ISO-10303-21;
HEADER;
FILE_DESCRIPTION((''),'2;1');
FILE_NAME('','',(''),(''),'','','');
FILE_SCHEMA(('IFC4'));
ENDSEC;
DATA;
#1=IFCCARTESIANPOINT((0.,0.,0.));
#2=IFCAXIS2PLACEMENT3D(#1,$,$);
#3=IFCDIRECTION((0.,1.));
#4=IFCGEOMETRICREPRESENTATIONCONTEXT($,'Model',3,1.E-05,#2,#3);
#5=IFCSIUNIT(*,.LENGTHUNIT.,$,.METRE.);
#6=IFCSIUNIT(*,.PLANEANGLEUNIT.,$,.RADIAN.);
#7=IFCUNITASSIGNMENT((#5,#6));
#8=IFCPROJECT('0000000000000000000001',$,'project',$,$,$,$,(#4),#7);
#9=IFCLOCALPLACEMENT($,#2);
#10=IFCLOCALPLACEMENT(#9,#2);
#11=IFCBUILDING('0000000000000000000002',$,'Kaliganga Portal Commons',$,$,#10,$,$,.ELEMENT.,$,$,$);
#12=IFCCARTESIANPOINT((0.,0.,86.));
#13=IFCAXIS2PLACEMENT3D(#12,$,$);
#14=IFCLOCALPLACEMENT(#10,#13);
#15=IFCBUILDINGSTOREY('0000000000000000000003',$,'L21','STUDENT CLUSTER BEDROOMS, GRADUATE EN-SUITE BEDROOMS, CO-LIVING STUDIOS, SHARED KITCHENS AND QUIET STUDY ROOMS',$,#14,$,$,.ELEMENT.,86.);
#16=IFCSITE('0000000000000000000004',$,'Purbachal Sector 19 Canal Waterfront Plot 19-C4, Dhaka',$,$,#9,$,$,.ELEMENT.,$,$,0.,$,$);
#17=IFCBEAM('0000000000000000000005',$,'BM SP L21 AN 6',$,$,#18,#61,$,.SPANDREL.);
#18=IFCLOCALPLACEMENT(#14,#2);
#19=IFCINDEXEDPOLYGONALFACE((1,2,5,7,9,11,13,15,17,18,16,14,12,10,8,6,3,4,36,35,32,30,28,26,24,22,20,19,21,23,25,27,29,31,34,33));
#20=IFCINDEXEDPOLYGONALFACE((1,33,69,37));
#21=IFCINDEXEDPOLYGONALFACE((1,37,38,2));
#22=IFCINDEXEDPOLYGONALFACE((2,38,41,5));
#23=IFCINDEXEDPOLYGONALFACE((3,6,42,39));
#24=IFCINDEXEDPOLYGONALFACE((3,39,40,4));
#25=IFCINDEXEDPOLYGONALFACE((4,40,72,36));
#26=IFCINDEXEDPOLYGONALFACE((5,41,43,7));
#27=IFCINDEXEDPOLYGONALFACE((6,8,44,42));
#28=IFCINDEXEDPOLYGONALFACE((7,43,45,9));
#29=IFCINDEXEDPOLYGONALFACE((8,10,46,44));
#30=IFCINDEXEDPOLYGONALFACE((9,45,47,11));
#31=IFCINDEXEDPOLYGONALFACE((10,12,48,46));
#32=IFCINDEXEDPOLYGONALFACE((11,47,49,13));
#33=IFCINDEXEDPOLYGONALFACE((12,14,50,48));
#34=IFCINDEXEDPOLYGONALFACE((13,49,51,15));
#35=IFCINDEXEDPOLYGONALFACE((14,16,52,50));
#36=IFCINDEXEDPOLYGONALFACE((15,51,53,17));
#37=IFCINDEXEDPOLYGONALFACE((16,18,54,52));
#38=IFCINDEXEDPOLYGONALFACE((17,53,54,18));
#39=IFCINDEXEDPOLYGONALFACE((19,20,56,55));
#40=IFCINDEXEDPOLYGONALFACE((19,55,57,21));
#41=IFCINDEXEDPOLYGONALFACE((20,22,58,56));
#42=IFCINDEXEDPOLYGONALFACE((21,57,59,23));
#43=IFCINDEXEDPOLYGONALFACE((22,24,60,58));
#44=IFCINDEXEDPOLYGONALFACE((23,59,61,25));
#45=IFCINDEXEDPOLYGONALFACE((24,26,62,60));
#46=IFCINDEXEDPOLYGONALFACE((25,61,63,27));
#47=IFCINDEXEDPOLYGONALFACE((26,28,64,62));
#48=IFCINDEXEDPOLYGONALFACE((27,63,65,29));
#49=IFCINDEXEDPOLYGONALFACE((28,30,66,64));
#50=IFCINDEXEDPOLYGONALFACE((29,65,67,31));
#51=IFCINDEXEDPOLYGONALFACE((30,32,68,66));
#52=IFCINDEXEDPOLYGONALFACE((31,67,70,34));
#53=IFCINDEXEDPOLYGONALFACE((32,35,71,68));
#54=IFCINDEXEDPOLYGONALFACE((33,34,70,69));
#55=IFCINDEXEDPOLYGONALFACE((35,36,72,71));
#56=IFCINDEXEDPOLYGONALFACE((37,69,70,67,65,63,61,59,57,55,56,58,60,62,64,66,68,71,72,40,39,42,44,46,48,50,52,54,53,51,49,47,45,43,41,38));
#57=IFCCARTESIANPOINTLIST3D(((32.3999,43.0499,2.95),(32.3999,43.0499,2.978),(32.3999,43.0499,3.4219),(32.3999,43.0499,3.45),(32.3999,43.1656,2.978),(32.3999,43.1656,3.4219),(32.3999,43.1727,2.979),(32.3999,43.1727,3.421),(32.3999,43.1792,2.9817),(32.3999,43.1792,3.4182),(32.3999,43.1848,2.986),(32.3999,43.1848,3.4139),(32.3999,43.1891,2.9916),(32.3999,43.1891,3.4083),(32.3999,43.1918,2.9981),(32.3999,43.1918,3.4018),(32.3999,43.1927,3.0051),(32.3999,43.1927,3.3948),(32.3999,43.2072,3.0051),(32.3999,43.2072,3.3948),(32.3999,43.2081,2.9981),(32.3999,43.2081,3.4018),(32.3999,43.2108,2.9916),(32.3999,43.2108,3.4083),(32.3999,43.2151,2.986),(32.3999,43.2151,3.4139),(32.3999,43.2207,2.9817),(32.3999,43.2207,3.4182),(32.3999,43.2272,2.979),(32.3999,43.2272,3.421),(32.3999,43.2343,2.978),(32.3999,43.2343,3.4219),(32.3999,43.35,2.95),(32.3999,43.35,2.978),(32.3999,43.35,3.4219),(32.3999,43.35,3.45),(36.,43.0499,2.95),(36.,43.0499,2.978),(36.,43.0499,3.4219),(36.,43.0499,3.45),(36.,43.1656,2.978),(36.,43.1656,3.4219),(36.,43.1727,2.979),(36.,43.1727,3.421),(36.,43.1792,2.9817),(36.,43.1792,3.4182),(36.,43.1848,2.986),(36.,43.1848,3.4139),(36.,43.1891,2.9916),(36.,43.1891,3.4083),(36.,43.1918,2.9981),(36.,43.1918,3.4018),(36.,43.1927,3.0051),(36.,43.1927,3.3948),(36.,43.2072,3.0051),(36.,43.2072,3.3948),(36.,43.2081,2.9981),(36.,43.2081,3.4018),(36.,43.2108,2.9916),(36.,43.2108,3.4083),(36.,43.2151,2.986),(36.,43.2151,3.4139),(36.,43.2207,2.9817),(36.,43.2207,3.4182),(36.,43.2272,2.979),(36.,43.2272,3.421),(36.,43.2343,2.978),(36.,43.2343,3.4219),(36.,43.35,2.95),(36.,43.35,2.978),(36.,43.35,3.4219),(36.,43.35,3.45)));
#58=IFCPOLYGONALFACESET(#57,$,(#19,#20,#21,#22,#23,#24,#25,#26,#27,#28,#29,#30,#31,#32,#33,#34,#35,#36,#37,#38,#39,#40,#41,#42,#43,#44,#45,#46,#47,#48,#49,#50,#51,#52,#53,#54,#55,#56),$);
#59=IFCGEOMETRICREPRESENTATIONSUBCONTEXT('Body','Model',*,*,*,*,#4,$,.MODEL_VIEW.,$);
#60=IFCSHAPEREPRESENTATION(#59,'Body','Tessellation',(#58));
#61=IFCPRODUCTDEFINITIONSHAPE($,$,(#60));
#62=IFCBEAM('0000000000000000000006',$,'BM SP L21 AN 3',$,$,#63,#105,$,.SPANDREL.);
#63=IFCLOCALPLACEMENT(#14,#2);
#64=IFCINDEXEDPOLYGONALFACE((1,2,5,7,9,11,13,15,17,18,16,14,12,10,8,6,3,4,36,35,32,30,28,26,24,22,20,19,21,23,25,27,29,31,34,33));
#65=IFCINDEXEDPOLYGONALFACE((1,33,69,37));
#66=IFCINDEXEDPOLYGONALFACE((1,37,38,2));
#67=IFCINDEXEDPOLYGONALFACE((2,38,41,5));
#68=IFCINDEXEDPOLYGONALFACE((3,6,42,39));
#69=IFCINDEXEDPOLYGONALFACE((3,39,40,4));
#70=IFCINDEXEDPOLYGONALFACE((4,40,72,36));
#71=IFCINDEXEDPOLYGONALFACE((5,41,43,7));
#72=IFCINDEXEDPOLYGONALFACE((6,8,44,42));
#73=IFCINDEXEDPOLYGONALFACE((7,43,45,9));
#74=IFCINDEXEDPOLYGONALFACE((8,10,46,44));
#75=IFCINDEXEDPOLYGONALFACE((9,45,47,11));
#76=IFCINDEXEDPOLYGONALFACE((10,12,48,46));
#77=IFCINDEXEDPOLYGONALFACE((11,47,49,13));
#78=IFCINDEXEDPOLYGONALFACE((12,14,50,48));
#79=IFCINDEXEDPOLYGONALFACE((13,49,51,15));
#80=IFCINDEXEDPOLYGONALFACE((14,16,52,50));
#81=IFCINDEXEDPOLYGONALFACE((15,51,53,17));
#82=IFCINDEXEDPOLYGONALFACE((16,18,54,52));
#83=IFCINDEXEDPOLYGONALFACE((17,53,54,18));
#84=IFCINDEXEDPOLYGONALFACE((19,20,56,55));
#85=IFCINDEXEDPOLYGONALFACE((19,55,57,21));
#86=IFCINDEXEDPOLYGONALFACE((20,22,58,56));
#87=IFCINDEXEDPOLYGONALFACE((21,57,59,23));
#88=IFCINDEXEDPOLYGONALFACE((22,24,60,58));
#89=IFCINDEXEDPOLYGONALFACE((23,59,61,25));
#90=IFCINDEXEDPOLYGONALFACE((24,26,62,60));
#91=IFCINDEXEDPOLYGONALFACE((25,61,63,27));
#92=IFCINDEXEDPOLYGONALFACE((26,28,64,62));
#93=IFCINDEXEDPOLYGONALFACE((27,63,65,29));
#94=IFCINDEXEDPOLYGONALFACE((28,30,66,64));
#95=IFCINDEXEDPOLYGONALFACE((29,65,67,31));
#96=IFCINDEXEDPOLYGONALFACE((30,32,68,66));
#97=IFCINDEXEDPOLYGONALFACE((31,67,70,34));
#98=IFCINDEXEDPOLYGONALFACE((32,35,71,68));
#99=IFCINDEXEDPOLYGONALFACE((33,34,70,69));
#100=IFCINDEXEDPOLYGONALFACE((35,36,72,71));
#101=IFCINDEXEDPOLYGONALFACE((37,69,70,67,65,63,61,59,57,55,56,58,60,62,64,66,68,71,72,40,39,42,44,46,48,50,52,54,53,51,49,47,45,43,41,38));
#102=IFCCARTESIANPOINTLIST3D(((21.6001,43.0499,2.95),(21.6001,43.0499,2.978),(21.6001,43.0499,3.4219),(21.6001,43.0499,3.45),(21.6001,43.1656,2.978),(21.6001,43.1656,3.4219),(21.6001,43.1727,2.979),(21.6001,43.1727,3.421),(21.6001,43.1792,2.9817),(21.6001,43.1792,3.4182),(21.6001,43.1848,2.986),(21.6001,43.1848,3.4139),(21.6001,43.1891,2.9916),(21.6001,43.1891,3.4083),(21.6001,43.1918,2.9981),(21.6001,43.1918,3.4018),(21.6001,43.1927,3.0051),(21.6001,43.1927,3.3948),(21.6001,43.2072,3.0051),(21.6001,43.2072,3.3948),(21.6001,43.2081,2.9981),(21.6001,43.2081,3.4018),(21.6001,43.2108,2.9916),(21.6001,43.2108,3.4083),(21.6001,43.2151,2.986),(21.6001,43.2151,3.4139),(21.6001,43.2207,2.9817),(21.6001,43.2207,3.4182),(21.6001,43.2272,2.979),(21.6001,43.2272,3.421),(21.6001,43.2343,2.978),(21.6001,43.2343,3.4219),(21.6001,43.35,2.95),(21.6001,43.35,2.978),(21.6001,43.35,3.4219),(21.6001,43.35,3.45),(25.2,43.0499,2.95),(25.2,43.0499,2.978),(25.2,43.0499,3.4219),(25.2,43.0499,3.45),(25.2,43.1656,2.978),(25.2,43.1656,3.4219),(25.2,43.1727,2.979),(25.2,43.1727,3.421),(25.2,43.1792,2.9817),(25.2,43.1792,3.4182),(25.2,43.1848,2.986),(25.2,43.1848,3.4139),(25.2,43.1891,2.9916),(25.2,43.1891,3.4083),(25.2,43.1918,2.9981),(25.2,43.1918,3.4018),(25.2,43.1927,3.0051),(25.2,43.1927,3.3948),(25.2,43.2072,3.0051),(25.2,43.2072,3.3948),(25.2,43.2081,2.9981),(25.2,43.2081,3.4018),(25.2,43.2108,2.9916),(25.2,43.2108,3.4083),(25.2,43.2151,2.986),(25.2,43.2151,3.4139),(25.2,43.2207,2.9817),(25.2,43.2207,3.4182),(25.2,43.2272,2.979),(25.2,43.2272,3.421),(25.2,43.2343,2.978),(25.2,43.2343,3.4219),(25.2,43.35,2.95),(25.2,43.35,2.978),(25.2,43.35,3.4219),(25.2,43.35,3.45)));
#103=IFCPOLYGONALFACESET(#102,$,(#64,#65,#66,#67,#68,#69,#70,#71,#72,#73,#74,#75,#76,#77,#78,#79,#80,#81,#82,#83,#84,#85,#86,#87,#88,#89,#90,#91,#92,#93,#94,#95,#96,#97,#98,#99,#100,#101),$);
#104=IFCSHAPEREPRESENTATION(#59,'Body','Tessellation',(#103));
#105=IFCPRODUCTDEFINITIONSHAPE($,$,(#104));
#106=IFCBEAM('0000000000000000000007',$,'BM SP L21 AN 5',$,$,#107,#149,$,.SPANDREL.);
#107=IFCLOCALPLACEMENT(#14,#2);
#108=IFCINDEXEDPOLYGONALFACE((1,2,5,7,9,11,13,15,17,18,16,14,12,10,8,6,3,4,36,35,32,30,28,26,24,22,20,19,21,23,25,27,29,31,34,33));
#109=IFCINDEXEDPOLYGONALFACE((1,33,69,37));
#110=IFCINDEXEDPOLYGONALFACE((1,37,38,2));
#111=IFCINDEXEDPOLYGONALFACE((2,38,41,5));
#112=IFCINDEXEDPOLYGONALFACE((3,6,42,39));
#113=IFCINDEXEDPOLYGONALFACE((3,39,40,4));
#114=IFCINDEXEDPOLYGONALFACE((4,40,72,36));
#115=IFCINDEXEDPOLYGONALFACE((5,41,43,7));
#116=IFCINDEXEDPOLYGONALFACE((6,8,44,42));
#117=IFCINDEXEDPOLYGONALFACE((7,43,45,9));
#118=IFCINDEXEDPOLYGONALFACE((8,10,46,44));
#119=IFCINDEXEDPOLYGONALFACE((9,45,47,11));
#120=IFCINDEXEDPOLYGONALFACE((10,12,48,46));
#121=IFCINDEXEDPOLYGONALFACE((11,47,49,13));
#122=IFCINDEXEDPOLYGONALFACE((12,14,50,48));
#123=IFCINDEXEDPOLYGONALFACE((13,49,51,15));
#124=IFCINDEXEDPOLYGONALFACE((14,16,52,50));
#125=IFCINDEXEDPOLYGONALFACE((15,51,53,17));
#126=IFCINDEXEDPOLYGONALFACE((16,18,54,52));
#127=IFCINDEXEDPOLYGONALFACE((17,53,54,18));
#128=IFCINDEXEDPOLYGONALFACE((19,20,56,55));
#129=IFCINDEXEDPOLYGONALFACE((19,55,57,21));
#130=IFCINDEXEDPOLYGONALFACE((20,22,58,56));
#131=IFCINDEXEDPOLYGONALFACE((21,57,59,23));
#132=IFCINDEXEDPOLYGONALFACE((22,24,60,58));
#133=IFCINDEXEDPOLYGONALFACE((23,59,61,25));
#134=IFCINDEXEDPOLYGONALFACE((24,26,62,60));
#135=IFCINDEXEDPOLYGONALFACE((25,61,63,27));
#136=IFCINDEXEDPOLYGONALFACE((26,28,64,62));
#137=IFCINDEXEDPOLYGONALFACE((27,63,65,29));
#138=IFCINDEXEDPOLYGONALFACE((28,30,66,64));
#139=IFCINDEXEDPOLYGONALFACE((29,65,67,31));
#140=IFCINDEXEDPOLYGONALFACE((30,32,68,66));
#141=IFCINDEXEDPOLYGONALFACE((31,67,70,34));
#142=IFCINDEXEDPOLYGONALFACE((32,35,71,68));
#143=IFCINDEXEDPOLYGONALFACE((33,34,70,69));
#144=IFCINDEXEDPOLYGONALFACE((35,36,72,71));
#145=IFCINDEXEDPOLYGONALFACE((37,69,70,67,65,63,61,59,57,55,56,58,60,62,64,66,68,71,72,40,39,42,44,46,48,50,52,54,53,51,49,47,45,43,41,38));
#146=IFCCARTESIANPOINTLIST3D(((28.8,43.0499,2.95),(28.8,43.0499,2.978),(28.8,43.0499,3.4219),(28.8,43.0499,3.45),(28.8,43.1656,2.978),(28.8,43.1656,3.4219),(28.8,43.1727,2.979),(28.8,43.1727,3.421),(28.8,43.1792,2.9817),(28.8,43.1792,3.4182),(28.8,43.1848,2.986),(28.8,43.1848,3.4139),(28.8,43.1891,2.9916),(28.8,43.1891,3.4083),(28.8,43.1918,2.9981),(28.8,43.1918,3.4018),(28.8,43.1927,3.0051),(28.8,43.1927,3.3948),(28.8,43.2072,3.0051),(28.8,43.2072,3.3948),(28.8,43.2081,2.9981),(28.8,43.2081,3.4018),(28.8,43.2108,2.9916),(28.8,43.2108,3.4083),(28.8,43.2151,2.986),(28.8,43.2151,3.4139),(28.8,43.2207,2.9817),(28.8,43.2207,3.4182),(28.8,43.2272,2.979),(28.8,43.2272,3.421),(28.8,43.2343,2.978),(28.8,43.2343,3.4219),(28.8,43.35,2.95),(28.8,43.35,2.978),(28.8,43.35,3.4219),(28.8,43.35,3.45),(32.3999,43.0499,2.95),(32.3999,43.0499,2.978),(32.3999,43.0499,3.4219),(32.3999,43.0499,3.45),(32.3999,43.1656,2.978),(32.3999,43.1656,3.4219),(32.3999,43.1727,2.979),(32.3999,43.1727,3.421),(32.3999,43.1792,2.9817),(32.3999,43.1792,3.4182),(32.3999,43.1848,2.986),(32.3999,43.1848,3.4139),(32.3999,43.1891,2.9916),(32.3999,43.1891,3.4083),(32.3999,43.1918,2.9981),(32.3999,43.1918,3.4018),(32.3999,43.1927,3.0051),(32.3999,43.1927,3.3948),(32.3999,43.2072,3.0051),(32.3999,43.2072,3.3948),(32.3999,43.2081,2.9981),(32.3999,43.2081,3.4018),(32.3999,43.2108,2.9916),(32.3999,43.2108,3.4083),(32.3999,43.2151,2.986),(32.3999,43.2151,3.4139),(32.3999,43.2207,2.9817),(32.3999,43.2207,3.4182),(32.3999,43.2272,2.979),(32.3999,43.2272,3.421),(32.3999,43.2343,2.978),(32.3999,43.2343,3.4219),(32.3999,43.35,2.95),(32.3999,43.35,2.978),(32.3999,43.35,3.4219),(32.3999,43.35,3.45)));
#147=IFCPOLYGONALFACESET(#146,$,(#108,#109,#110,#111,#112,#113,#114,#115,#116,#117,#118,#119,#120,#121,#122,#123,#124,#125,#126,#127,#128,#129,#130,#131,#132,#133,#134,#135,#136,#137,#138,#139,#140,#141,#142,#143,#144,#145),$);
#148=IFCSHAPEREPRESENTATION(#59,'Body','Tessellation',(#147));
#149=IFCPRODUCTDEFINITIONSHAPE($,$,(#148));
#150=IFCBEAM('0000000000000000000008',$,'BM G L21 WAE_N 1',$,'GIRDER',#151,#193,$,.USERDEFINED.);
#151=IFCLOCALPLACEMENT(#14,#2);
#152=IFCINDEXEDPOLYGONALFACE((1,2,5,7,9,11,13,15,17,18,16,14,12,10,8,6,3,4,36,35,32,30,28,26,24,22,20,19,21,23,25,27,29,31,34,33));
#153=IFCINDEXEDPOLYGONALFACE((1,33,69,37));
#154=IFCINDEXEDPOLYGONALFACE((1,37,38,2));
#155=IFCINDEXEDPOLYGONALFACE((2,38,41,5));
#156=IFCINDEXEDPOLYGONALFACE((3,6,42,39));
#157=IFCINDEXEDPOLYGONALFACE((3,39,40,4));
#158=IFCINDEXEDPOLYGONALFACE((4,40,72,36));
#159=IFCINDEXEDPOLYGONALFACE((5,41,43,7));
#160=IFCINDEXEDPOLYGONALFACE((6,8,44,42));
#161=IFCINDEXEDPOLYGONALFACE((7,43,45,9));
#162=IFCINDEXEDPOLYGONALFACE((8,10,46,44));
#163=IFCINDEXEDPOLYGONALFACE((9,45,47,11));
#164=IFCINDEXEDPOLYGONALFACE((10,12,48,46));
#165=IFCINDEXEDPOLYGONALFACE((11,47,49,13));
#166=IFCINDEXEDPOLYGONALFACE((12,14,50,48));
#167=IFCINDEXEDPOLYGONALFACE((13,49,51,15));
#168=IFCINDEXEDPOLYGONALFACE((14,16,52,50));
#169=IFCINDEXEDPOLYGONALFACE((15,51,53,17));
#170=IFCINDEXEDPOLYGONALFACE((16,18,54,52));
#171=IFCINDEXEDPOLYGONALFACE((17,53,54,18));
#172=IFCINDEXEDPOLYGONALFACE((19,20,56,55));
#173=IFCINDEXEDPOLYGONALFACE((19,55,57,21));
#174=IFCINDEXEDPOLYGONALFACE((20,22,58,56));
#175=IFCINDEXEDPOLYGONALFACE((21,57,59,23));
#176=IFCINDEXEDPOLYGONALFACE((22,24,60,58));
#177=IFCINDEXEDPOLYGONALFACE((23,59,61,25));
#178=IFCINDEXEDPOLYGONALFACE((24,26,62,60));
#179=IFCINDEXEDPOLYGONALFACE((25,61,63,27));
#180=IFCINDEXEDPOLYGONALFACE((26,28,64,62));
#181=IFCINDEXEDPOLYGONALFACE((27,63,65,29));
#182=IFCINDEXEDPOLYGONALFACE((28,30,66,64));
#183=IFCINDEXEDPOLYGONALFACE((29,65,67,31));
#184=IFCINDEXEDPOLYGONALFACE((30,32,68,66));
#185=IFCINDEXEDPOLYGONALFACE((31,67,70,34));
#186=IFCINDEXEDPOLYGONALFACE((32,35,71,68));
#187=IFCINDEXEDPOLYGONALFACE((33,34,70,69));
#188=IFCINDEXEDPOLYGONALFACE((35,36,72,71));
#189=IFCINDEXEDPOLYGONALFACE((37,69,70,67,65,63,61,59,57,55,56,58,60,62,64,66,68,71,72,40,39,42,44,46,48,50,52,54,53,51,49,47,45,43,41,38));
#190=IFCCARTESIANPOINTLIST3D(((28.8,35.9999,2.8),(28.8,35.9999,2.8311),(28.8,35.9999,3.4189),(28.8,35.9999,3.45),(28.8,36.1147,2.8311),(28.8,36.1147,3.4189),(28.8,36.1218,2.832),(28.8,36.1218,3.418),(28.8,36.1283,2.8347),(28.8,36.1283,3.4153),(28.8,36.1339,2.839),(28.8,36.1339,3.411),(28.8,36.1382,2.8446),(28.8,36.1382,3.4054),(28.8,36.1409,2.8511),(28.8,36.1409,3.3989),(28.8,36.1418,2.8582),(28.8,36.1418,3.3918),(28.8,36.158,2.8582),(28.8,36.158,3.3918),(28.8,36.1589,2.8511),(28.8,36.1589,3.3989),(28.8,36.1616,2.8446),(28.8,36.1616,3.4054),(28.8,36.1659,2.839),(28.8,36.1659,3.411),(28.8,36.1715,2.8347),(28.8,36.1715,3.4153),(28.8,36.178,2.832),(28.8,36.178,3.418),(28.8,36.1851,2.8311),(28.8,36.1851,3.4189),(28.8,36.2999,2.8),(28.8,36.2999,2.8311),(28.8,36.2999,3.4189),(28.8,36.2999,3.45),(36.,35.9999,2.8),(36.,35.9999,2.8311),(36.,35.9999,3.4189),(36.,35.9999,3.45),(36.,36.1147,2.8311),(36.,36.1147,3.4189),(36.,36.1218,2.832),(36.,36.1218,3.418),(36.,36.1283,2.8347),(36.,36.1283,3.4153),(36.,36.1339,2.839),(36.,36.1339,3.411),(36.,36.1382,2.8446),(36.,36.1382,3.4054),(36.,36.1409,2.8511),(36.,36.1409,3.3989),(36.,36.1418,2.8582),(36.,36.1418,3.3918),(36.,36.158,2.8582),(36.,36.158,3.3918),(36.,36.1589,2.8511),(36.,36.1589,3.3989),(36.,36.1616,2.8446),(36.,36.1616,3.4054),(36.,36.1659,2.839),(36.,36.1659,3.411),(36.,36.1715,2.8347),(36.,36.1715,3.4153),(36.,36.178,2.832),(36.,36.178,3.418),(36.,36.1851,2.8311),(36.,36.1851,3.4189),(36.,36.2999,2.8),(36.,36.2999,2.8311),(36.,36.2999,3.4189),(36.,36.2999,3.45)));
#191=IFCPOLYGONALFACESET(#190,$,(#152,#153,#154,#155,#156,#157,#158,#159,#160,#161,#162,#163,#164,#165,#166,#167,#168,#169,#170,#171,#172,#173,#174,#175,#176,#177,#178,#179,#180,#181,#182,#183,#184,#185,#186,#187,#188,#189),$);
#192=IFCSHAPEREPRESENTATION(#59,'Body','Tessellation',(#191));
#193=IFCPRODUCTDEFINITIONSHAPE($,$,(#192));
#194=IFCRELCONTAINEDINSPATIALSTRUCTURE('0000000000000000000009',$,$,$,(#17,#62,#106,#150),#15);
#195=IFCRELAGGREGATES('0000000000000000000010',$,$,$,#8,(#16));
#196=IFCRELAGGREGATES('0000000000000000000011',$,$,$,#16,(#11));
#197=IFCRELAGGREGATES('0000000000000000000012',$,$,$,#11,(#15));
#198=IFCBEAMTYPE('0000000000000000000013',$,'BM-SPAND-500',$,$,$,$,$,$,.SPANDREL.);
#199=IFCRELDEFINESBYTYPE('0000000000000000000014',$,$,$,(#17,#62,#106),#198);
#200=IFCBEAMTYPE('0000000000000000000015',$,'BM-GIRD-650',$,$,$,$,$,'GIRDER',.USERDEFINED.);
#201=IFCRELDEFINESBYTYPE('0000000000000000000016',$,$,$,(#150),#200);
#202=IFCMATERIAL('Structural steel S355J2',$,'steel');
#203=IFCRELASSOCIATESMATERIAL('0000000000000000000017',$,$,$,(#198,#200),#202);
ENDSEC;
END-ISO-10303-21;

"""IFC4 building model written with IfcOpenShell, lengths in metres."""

from ifc_helpers import new_model, si_unit, direction, frame, origin, origin_2d, place, context, subcontext, project, spatial, i_section, extrude, source, transform, mapped, material, material_profile, profile_set, type_object, element, save


model = new_model("IFC4")

# Units and contexts
model_context = context("Model", 3, precision=1e-05, world=origin(), true_north=direction((0.0, 1.0)))
body_context = subcontext(model_context, "Body", "Model", "MODEL_VIEW")
ifc_project = project(units=[si_unit("LENGTHUNIT", "METRE"), si_unit("PLANEANGLEUNIT", "RADIAN")], contexts=[model_context])

# Site, building, storey
site_placement = place(None, origin())
site = spatial("IfcSite", under=ifc_project, at=site_placement, Name="Purbachal Sector 19 Canal Waterfront Plot 19-C4, Dhaka", CompositionType="ELEMENT", RefElevation=0.0)
building_placement = place(site_placement, origin())
building = spatial("IfcBuilding", under=site, at=building_placement, Name="Kaliganga Portal Commons", CompositionType="ELEMENT")
storey_placement = place(building_placement, frame((0.0, 0.0, 86.0)))
storey = spatial("IfcBuildingStorey", under=building, at=storey_placement, Name="L21", Description="STUDENT CLUSTER BEDROOMS, GRADUATE EN-SUITE BEDROOMS, CO-LIVING STUDIOS, SHARED KITCHENS AND QUIET STUDY ROOMS", CompositionType="ELEMENT", Elevation=86.0)

# Beams
ifc_material_1 = material(Name="Structural steel S355J2", Category="steel")
ifc_material_profile_1 = material_profile(ifc_material_1, i_section(OverallWidth=0.3, OverallDepth=0.5, WebThickness=0.0144, FlangeThickness=0.0281, FilletRadius=0.0271, at=origin_2d()), Name="HE 500 B")
ifc_profile_set_1 = profile_set([ifc_material_profile_1], Name="Structural steel S355J2 wide-flange")
beam_type_1 = type_object("IfcBeamType", Name="BM-SPAND-500", PredefinedType="SPANDREL", material=ifc_profile_set_1)
shared_shape_1 = source(origin(), body_context, "Body", "SweptSolid", [
    extrude(i_section(OverallWidth=0.3, OverallDepth=0.5, WebThickness=0.0144, FlangeThickness=0.0281, FilletRadius=0.0271, at=origin_2d()), origin(), (0.0, 0.0, 1.0), 3.6001),
])
for number, where, z_axis, x_axis, name in (
    (1, (32.3999, 43.2, 3.2), (1.0, 0.0, 0.0), (0.0, 1.0, 0.0), "BM SP L21 AN 6"),
):
    element("IfcBeam", number, at=place(storey_placement, frame(where, z_axis=z_axis, x_axis=x_axis)), inside=storey, type_object=beam_type_1, Name=name, PredefinedType="SPANDREL", context=body_context, shape_type="MappedRepresentation", body=[
        mapped(shared_shape_1, transform((0.0, 0.0, 0.0), x_axis=(1.0, 0.0, 0.0), y_axis=(0.0, 1.0, 0.0), z_axis=(0.0, 0.0, 1.0), scale=1.0)),
    ])
shared_shape_2 = source(origin(), body_context, "Body", "SweptSolid", [
    extrude(i_section(OverallWidth=0.3, OverallDepth=0.5, WebThickness=0.0144, FlangeThickness=0.0281, FilletRadius=0.0271, at=origin_2d()), origin(), (0.0, 0.0, 1.0), 3.5999),
])
for number, where, z_axis, x_axis, name in (
    (2, (21.6001, 43.2, 3.2), (1.0, 0.0, 0.0), (0.0, 1.0, 0.0), "BM SP L21 AN 3"),
    (3, (28.8, 43.2, 3.2), (1.0, 0.0, 0.0), (0.0, 1.0, 0.0), "BM SP L21 AN 5"),
):
    element("IfcBeam", number, at=place(storey_placement, frame(where, z_axis=z_axis, x_axis=x_axis)), inside=storey, type_object=beam_type_1, Name=name, PredefinedType="SPANDREL", context=body_context, shape_type="MappedRepresentation", body=[
        mapped(shared_shape_2, transform((0.0, 0.0, 0.0), x_axis=(1.0, 0.0, 0.0), y_axis=(0.0, 1.0, 0.0), z_axis=(0.0, 0.0, 1.0), scale=1.0)),
    ])
ifc_material_profile_2 = material_profile(ifc_material_1, i_section(OverallWidth=0.3, OverallDepth=0.6499, WebThickness=0.0161, FlangeThickness=0.031, FilletRadius=0.0271, at=origin_2d()), Name="HE 650 B")
ifc_profile_set_2 = profile_set([ifc_material_profile_2], Name="Structural steel S355J2 wide-flange")
beam_type_2 = type_object("IfcBeamType", Name="BM-GIRD-650", ElementType="GIRDER", PredefinedType="USERDEFINED", material=ifc_profile_set_2)
shared_shape_3 = source(origin(), body_context, "Body", "SweptSolid", [
    extrude(i_section(OverallWidth=0.3, OverallDepth=0.6499, WebThickness=0.0161, FlangeThickness=0.031, FilletRadius=0.0271, at=origin_2d()), origin(), (0.0, 0.0, 1.0), 7.2),
])
beam_1_placement = place(storey_placement, frame((28.8, 36.1499, 3.125), z_axis=(1.0, 0.0, 0.0), x_axis=(0.0, 1.0, 0.0)))
element("IfcBeam", 4, at=beam_1_placement, inside=storey, type_object=beam_type_2, Name="BM G L21 WAE_N 1", ObjectType="GIRDER", PredefinedType="USERDEFINED", context=body_context, shape_type="MappedRepresentation", body=[
    mapped(shared_shape_3, transform((0.0, 0.0, 0.0), x_axis=(1.0, 0.0, 0.0), y_axis=(0.0, 1.0, 0.0), z_axis=(0.0, 0.0, 1.0), scale=1.0)),
])

save(model, "model.ifc")
